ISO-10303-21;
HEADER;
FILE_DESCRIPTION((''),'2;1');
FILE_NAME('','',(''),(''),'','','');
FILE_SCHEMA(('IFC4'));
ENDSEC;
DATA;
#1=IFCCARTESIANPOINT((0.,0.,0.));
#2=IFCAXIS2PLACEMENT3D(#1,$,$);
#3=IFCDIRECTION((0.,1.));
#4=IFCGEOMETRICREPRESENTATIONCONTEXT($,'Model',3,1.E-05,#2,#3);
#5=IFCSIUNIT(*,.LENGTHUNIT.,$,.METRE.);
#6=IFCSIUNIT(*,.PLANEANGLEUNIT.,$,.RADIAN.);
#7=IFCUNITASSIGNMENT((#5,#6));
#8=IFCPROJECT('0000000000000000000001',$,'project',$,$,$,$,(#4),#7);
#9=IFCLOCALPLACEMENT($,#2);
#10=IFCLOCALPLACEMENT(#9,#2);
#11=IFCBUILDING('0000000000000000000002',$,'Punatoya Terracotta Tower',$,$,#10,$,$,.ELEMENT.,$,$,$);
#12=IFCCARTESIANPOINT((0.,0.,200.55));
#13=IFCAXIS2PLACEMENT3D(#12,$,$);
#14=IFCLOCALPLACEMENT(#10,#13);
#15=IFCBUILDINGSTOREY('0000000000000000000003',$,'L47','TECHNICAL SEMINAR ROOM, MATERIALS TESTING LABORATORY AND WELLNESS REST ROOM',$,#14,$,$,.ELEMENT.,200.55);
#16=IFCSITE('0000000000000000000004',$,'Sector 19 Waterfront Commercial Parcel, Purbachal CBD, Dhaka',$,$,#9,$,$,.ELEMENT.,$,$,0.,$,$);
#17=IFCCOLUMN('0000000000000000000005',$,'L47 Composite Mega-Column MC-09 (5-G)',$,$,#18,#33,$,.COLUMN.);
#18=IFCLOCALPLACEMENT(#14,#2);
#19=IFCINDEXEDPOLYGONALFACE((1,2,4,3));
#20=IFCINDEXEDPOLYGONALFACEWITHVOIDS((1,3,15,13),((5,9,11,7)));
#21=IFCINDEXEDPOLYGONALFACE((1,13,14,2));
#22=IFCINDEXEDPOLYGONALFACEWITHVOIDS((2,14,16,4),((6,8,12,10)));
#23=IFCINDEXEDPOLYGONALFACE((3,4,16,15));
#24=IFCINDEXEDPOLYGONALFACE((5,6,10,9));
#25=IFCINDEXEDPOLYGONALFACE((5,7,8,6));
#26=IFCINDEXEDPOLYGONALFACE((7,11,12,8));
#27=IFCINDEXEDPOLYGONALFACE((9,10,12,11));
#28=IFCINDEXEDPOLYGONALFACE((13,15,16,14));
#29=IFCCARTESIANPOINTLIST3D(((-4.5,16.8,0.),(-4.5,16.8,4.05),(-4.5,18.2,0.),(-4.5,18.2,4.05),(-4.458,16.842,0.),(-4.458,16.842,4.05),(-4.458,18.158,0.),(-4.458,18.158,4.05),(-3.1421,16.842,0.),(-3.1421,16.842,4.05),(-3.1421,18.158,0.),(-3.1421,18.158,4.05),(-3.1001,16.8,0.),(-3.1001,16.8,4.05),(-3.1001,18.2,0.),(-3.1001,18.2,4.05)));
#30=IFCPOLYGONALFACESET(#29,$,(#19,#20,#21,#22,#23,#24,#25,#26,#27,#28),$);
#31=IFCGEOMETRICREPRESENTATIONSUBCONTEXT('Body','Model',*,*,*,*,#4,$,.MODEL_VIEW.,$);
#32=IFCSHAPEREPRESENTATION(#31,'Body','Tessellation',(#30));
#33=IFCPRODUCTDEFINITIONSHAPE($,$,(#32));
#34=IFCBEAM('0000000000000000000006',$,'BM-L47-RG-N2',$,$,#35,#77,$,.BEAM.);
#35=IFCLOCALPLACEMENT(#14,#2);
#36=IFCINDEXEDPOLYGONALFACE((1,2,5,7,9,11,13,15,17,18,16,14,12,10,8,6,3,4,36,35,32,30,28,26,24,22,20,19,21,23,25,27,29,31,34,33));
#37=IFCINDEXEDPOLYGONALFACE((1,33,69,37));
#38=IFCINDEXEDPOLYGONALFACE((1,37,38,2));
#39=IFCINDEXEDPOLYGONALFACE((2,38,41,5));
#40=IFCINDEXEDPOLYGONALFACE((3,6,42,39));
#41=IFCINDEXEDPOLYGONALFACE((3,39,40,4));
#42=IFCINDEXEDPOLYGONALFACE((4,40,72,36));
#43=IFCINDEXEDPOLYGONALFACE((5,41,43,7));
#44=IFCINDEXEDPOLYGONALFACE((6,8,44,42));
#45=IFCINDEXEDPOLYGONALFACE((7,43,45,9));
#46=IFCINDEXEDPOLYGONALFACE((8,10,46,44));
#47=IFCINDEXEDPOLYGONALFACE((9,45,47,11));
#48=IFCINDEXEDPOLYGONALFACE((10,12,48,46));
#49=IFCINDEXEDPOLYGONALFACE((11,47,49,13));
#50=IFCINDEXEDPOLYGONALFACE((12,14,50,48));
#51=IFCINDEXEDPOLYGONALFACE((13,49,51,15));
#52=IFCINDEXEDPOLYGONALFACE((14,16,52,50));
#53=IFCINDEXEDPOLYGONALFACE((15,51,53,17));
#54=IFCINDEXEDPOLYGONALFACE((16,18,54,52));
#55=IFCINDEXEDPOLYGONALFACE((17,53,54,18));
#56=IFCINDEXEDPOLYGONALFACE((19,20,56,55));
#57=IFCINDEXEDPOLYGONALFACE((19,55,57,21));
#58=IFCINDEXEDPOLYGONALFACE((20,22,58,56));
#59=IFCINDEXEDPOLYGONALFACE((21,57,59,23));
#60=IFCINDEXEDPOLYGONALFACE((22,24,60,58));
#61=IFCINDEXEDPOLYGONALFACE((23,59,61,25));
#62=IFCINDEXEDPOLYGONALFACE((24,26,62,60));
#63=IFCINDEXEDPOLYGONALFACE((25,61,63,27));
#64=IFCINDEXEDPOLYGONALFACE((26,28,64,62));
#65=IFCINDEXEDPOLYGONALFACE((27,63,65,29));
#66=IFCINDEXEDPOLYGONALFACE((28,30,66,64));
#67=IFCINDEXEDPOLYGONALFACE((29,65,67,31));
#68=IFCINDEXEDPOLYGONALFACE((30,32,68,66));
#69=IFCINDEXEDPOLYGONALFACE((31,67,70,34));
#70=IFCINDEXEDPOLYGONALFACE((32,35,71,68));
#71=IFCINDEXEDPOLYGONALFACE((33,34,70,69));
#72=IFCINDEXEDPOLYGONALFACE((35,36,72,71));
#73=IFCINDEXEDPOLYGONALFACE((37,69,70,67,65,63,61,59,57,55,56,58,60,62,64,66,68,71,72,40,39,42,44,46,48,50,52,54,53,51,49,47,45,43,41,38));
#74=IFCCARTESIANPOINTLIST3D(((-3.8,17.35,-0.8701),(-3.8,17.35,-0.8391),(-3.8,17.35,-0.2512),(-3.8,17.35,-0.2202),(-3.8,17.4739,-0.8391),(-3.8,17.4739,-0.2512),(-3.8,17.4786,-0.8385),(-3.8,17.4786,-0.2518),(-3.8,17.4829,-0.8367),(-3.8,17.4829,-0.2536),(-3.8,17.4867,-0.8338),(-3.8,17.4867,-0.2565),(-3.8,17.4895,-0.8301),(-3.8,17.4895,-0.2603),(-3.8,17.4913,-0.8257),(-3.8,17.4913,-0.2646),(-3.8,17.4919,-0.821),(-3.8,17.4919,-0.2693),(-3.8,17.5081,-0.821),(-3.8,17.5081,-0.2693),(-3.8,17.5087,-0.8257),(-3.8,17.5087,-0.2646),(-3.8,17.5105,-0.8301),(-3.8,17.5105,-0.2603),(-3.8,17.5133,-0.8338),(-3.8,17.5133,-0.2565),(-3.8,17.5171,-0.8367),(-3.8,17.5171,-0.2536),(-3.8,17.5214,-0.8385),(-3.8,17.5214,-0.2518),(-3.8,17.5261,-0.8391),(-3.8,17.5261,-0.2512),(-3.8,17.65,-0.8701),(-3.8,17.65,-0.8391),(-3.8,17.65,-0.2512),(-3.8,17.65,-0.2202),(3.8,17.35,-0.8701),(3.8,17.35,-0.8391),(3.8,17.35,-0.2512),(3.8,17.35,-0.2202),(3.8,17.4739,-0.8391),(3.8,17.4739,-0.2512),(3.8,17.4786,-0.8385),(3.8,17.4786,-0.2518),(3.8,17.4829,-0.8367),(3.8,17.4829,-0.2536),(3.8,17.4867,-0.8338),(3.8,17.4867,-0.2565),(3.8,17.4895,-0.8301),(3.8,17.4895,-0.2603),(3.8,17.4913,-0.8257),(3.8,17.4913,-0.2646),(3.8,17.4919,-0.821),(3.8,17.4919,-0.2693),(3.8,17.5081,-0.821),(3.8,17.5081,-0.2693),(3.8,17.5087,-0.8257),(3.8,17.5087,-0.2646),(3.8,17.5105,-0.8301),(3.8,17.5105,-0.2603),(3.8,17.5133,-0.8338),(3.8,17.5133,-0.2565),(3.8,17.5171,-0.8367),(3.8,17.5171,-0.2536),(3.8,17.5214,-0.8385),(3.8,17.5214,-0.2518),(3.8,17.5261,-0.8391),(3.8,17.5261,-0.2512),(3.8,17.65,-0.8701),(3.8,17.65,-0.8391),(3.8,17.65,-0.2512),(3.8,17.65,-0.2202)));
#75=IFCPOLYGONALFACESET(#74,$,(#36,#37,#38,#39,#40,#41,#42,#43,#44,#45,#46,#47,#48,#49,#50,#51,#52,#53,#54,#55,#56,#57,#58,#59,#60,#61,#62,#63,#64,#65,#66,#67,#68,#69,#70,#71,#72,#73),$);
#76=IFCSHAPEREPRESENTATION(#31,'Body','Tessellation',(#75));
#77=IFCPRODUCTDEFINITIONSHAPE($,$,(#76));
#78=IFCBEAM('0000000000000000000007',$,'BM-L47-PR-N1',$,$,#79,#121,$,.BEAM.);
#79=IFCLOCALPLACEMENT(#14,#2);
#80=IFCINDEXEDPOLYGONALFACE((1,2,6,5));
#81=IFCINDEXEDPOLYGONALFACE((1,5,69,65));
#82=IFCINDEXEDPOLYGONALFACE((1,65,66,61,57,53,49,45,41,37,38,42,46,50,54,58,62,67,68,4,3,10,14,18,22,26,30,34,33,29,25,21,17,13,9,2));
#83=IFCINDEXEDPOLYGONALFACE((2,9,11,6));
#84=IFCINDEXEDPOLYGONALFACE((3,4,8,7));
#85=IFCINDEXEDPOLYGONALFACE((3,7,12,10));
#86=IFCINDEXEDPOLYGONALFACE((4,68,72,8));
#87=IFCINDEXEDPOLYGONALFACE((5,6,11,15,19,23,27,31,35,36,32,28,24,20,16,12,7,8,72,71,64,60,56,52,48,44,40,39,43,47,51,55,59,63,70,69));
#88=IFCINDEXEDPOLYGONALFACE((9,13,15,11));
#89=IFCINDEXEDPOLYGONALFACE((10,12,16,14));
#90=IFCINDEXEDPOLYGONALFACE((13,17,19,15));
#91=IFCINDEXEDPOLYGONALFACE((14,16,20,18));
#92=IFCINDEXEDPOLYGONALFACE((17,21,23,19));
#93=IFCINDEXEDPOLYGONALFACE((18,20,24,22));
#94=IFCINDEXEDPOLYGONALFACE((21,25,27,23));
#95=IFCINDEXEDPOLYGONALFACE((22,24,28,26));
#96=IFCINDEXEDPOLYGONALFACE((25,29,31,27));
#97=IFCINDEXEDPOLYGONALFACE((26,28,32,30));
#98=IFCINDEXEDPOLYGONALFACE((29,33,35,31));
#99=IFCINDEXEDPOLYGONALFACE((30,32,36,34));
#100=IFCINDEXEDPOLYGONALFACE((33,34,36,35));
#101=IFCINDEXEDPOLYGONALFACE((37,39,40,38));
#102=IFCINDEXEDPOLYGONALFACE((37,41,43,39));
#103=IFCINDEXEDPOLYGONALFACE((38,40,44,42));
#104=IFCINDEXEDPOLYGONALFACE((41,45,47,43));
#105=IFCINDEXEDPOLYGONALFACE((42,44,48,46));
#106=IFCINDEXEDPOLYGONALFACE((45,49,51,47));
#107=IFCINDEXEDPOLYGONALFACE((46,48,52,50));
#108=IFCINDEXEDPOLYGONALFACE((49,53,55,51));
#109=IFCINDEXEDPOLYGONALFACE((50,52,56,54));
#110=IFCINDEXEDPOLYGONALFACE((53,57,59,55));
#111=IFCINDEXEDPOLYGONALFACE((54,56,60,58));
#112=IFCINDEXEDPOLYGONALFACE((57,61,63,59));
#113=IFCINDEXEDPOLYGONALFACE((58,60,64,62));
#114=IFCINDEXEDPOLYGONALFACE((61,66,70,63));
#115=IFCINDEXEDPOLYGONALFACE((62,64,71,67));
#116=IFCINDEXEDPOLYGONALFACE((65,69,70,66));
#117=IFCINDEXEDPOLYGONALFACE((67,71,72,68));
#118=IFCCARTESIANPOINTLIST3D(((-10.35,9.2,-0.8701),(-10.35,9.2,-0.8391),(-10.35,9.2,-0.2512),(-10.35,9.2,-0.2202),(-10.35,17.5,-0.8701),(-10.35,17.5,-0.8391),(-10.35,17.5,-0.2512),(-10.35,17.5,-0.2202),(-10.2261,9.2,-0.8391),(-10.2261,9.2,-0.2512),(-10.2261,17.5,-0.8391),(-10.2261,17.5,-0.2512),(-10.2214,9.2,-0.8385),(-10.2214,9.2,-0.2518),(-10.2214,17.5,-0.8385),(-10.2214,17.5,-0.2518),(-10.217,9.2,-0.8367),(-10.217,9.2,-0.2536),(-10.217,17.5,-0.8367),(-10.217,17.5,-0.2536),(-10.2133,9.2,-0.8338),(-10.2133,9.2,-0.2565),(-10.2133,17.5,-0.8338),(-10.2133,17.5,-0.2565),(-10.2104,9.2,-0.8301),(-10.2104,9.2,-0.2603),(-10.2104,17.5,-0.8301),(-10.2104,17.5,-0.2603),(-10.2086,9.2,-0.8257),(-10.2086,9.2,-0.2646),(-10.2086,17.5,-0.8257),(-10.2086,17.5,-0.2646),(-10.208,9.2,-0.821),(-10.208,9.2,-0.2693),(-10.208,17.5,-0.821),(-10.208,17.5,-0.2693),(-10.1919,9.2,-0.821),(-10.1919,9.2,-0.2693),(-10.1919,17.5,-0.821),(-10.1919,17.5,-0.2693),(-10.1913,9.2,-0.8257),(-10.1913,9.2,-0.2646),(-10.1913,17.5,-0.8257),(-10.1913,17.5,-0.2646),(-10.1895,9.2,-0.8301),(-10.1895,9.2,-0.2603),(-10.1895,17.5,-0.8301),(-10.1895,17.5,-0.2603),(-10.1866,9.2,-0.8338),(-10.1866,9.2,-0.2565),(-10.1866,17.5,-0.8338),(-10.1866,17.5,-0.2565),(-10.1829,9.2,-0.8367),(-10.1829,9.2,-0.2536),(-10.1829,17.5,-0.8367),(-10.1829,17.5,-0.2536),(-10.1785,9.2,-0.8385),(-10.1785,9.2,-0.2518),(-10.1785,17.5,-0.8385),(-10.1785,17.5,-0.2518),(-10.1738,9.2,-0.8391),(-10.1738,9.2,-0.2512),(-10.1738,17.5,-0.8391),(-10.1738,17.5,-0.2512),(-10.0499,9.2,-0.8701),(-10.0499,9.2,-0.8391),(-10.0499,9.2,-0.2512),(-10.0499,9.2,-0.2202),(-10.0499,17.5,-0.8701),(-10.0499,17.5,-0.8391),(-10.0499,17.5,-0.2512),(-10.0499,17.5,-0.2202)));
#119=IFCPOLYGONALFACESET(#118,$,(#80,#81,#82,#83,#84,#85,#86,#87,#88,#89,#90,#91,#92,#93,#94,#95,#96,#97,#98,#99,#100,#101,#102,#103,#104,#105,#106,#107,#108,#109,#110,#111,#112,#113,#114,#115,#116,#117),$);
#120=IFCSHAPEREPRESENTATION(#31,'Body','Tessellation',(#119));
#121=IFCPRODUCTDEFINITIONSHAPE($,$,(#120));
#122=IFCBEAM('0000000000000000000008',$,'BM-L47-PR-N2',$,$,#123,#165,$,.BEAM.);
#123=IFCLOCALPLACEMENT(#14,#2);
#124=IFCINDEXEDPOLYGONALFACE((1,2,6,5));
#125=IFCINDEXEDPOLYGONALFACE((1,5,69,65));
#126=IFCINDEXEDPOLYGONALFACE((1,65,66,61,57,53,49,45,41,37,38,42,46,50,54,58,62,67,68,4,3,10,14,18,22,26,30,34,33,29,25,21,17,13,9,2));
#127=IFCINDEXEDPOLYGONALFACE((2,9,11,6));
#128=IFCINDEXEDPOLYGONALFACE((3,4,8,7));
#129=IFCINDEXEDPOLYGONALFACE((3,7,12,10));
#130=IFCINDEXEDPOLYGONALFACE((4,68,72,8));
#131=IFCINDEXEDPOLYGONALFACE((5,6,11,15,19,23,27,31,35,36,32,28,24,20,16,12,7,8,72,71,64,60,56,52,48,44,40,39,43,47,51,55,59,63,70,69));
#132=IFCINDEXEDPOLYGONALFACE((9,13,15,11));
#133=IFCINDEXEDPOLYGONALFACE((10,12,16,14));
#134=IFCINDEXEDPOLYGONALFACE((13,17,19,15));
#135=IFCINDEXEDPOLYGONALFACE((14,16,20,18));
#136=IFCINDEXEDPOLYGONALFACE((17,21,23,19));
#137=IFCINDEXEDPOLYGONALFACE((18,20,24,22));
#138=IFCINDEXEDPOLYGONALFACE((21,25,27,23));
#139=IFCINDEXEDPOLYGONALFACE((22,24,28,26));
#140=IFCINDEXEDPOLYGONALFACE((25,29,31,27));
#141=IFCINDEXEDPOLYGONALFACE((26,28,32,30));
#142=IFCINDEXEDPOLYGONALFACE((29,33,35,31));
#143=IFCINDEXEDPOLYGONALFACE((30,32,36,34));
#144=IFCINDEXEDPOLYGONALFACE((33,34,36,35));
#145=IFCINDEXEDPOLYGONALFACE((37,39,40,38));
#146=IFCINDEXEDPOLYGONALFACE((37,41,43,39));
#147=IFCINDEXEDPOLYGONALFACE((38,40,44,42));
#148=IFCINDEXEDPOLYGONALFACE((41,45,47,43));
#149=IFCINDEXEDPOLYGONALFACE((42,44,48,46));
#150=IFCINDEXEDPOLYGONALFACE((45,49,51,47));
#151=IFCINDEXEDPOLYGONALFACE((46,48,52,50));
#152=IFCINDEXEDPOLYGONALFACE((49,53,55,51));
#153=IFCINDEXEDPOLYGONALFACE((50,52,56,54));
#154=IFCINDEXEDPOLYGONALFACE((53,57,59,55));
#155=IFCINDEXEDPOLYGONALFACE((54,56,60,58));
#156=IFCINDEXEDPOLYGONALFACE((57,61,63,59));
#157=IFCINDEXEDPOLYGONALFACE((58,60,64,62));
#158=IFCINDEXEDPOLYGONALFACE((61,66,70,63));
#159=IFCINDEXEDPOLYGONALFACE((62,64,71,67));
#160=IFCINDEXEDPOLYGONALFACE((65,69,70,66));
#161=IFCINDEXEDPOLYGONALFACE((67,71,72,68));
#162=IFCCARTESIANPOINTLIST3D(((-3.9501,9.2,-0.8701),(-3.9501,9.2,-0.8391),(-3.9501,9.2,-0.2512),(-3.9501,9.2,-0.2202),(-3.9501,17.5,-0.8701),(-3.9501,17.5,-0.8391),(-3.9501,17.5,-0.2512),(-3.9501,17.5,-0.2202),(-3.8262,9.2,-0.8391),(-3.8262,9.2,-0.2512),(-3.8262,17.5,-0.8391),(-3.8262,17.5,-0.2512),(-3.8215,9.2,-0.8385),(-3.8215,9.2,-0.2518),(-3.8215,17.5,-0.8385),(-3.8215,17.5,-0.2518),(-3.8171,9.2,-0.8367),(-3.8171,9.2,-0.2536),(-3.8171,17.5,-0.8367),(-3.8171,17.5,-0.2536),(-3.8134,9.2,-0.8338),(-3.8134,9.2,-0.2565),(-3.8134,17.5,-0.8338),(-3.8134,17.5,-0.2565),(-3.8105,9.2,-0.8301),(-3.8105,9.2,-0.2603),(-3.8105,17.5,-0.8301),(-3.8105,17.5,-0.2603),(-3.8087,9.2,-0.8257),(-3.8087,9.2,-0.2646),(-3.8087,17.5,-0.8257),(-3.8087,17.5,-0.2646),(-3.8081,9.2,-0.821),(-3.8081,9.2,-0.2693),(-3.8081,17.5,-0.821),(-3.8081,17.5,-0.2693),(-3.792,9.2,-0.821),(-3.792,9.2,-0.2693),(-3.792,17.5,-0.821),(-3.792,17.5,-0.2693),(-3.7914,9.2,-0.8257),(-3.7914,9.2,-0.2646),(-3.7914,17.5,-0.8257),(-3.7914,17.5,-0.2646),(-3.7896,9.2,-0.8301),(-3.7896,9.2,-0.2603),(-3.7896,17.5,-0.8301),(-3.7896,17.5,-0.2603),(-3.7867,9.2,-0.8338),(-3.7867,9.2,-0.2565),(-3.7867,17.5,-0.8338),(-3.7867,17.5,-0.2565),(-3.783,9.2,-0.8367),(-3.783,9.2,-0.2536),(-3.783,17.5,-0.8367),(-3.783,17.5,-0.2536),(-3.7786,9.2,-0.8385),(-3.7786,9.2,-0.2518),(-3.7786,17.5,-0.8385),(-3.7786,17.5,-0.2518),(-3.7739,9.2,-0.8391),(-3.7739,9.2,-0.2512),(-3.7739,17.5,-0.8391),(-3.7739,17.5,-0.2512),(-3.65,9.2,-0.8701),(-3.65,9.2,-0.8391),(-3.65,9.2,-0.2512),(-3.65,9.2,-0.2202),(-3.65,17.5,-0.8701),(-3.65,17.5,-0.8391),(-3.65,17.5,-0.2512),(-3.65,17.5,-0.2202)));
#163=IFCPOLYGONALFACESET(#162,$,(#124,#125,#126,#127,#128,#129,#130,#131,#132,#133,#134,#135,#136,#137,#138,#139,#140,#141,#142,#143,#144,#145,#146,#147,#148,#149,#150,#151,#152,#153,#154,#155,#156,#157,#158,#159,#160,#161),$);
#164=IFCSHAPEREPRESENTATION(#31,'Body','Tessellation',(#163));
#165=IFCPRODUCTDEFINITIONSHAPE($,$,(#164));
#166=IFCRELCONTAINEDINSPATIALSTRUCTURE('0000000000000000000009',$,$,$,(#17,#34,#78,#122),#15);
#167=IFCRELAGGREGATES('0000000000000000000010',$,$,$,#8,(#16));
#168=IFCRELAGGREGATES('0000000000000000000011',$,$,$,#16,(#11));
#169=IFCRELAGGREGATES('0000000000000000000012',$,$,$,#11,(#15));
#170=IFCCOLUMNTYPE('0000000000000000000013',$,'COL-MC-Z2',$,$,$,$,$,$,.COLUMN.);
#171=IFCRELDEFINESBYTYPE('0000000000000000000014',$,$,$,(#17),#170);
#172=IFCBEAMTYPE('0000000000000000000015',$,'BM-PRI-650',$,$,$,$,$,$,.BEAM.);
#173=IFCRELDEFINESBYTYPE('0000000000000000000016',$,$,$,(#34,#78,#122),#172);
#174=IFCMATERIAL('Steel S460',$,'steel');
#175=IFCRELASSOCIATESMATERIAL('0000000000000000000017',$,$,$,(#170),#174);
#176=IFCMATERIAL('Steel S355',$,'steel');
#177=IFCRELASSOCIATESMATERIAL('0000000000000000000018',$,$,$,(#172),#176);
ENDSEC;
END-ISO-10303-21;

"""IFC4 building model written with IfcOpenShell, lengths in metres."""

from ifc_helpers import new_model, si_unit, direction, frame, origin, origin_2d, place, context, subcontext, project, spatial, hollow_rectangle, i_section, extrude, material, material_profile, profile_set, type_object, element, save


model = new_model("IFC4")

# Units and contexts
model_context = context("Model", 3, precision=1e-05, world=origin(), true_north=direction((0.0, 1.0)))
body_context = subcontext(model_context, "Body", "Model", "MODEL_VIEW")
ifc_project = project(units=[si_unit("LENGTHUNIT", "METRE"), si_unit("PLANEANGLEUNIT", "RADIAN")], contexts=[model_context])

# Site, building, storey
site_placement = place(None, origin())
site = spatial("IfcSite", under=ifc_project, at=site_placement, Name="Sector 19 Waterfront Commercial Parcel, Purbachal CBD, Dhaka", CompositionType="ELEMENT", RefElevation=0.0)
building_placement = place(site_placement, origin())
building = spatial("IfcBuilding", under=site, at=building_placement, Name="Punatoya Terracotta Tower", CompositionType="ELEMENT")
storey_placement = place(building_placement, frame((0.0, 0.0, 200.55)))
storey = spatial("IfcBuildingStorey", under=building, at=storey_placement, Name="L47", Description="TECHNICAL SEMINAR ROOM, MATERIALS TESTING LABORATORY AND WELLNESS REST ROOM", CompositionType="ELEMENT", Elevation=200.55)

# Column
ifc_material_1 = material(Name="Steel S460", Category="steel")
ifc_material_profile_1 = material_profile(ifc_material_1, hollow_rectangle(XDim=1.3999, YDim=1.3999, WallThickness=0.042, at=origin_2d()))
ifc_profile_set_1 = profile_set([ifc_material_profile_1], Name="Steel S460")
column_type = type_object("IfcColumnType", Name="COL-MC-Z2", PredefinedType="COLUMN", material=ifc_profile_set_1)
column_placement = place(storey_placement, frame((-3.8, 17.5, 0.0), z_axis=(0.0, 0.0, 1.0), x_axis=(1.0, 0.0, 0.0)))
element("IfcColumn", 1, at=column_placement, inside=storey, type_object=column_type, Name="L47 Composite Mega-Column MC-09 (5-G)", PredefinedType="COLUMN", context=body_context, shape_type="SweptSolid", body=[
    extrude(hollow_rectangle(XDim=1.3999, YDim=1.3999, WallThickness=0.042, at=origin_2d()), origin(), (0.0, 0.0, 1.0), 4.05),
])

# Beams
ifc_material_2 = material(Name="Steel S355", Category="steel")
ifc_material_profile_2 = material_profile(ifc_material_2, i_section(OverallWidth=0.3, OverallDepth=0.6499, WebThickness=0.0161, FlangeThickness=0.031, FilletRadius=0.0181, at=origin_2d()))
ifc_profile_set_2 = profile_set([ifc_material_profile_2], Name="Steel S355")
beam_type_1 = type_object("IfcBeamType", Name="BM-PRI-650", PredefinedType="BEAM", material=ifc_profile_set_2)
beam_1_placement = place(storey_placement, frame((-3.8, 17.5, -0.5452), z_axis=(1.0, 0.0, 0.0), x_axis=(0.0, 1.0, 0.0)))
element("IfcBeam", 2, at=beam_1_placement, inside=storey, type_object=beam_type_1, Name="BM-L47-RG-N2", PredefinedType="BEAM", context=body_context, shape_type="SweptSolid", body=[
    extrude(i_section(OverallWidth=0.3, OverallDepth=0.6499, WebThickness=0.0161, FlangeThickness=0.031, FilletRadius=0.0181, at=origin_2d()), origin(), (0.0, 0.0, 1.0), 7.6001),
])
for number, where, z_axis, x_axis, name in (
    (3, (-10.2, 9.2, -0.5452), (0.0, 1.0, 0.0), (-1.0, 0.0, 0.0), "BM-L47-PR-N1"),
    (4, (-3.8, 9.2, -0.5452), (0.0, 1.0, 0.0), (-1.0, 0.0, 0.0), "BM-L47-PR-N2"),
):
    element("IfcBeam", number, at=place(storey_placement, frame(where, z_axis=z_axis, x_axis=x_axis)), inside=storey, type_object=beam_type_1, Name=name, PredefinedType="BEAM", context=body_context, shape_type="SweptSolid", body=[
        extrude(i_section(OverallWidth=0.3, OverallDepth=0.6499, WebThickness=0.0161, FlangeThickness=0.031, FilletRadius=0.0181, at=origin_2d()), origin(), (0.0, 0.0, 1.0), 8.3),
    ])

save(model, "model.ifc")
